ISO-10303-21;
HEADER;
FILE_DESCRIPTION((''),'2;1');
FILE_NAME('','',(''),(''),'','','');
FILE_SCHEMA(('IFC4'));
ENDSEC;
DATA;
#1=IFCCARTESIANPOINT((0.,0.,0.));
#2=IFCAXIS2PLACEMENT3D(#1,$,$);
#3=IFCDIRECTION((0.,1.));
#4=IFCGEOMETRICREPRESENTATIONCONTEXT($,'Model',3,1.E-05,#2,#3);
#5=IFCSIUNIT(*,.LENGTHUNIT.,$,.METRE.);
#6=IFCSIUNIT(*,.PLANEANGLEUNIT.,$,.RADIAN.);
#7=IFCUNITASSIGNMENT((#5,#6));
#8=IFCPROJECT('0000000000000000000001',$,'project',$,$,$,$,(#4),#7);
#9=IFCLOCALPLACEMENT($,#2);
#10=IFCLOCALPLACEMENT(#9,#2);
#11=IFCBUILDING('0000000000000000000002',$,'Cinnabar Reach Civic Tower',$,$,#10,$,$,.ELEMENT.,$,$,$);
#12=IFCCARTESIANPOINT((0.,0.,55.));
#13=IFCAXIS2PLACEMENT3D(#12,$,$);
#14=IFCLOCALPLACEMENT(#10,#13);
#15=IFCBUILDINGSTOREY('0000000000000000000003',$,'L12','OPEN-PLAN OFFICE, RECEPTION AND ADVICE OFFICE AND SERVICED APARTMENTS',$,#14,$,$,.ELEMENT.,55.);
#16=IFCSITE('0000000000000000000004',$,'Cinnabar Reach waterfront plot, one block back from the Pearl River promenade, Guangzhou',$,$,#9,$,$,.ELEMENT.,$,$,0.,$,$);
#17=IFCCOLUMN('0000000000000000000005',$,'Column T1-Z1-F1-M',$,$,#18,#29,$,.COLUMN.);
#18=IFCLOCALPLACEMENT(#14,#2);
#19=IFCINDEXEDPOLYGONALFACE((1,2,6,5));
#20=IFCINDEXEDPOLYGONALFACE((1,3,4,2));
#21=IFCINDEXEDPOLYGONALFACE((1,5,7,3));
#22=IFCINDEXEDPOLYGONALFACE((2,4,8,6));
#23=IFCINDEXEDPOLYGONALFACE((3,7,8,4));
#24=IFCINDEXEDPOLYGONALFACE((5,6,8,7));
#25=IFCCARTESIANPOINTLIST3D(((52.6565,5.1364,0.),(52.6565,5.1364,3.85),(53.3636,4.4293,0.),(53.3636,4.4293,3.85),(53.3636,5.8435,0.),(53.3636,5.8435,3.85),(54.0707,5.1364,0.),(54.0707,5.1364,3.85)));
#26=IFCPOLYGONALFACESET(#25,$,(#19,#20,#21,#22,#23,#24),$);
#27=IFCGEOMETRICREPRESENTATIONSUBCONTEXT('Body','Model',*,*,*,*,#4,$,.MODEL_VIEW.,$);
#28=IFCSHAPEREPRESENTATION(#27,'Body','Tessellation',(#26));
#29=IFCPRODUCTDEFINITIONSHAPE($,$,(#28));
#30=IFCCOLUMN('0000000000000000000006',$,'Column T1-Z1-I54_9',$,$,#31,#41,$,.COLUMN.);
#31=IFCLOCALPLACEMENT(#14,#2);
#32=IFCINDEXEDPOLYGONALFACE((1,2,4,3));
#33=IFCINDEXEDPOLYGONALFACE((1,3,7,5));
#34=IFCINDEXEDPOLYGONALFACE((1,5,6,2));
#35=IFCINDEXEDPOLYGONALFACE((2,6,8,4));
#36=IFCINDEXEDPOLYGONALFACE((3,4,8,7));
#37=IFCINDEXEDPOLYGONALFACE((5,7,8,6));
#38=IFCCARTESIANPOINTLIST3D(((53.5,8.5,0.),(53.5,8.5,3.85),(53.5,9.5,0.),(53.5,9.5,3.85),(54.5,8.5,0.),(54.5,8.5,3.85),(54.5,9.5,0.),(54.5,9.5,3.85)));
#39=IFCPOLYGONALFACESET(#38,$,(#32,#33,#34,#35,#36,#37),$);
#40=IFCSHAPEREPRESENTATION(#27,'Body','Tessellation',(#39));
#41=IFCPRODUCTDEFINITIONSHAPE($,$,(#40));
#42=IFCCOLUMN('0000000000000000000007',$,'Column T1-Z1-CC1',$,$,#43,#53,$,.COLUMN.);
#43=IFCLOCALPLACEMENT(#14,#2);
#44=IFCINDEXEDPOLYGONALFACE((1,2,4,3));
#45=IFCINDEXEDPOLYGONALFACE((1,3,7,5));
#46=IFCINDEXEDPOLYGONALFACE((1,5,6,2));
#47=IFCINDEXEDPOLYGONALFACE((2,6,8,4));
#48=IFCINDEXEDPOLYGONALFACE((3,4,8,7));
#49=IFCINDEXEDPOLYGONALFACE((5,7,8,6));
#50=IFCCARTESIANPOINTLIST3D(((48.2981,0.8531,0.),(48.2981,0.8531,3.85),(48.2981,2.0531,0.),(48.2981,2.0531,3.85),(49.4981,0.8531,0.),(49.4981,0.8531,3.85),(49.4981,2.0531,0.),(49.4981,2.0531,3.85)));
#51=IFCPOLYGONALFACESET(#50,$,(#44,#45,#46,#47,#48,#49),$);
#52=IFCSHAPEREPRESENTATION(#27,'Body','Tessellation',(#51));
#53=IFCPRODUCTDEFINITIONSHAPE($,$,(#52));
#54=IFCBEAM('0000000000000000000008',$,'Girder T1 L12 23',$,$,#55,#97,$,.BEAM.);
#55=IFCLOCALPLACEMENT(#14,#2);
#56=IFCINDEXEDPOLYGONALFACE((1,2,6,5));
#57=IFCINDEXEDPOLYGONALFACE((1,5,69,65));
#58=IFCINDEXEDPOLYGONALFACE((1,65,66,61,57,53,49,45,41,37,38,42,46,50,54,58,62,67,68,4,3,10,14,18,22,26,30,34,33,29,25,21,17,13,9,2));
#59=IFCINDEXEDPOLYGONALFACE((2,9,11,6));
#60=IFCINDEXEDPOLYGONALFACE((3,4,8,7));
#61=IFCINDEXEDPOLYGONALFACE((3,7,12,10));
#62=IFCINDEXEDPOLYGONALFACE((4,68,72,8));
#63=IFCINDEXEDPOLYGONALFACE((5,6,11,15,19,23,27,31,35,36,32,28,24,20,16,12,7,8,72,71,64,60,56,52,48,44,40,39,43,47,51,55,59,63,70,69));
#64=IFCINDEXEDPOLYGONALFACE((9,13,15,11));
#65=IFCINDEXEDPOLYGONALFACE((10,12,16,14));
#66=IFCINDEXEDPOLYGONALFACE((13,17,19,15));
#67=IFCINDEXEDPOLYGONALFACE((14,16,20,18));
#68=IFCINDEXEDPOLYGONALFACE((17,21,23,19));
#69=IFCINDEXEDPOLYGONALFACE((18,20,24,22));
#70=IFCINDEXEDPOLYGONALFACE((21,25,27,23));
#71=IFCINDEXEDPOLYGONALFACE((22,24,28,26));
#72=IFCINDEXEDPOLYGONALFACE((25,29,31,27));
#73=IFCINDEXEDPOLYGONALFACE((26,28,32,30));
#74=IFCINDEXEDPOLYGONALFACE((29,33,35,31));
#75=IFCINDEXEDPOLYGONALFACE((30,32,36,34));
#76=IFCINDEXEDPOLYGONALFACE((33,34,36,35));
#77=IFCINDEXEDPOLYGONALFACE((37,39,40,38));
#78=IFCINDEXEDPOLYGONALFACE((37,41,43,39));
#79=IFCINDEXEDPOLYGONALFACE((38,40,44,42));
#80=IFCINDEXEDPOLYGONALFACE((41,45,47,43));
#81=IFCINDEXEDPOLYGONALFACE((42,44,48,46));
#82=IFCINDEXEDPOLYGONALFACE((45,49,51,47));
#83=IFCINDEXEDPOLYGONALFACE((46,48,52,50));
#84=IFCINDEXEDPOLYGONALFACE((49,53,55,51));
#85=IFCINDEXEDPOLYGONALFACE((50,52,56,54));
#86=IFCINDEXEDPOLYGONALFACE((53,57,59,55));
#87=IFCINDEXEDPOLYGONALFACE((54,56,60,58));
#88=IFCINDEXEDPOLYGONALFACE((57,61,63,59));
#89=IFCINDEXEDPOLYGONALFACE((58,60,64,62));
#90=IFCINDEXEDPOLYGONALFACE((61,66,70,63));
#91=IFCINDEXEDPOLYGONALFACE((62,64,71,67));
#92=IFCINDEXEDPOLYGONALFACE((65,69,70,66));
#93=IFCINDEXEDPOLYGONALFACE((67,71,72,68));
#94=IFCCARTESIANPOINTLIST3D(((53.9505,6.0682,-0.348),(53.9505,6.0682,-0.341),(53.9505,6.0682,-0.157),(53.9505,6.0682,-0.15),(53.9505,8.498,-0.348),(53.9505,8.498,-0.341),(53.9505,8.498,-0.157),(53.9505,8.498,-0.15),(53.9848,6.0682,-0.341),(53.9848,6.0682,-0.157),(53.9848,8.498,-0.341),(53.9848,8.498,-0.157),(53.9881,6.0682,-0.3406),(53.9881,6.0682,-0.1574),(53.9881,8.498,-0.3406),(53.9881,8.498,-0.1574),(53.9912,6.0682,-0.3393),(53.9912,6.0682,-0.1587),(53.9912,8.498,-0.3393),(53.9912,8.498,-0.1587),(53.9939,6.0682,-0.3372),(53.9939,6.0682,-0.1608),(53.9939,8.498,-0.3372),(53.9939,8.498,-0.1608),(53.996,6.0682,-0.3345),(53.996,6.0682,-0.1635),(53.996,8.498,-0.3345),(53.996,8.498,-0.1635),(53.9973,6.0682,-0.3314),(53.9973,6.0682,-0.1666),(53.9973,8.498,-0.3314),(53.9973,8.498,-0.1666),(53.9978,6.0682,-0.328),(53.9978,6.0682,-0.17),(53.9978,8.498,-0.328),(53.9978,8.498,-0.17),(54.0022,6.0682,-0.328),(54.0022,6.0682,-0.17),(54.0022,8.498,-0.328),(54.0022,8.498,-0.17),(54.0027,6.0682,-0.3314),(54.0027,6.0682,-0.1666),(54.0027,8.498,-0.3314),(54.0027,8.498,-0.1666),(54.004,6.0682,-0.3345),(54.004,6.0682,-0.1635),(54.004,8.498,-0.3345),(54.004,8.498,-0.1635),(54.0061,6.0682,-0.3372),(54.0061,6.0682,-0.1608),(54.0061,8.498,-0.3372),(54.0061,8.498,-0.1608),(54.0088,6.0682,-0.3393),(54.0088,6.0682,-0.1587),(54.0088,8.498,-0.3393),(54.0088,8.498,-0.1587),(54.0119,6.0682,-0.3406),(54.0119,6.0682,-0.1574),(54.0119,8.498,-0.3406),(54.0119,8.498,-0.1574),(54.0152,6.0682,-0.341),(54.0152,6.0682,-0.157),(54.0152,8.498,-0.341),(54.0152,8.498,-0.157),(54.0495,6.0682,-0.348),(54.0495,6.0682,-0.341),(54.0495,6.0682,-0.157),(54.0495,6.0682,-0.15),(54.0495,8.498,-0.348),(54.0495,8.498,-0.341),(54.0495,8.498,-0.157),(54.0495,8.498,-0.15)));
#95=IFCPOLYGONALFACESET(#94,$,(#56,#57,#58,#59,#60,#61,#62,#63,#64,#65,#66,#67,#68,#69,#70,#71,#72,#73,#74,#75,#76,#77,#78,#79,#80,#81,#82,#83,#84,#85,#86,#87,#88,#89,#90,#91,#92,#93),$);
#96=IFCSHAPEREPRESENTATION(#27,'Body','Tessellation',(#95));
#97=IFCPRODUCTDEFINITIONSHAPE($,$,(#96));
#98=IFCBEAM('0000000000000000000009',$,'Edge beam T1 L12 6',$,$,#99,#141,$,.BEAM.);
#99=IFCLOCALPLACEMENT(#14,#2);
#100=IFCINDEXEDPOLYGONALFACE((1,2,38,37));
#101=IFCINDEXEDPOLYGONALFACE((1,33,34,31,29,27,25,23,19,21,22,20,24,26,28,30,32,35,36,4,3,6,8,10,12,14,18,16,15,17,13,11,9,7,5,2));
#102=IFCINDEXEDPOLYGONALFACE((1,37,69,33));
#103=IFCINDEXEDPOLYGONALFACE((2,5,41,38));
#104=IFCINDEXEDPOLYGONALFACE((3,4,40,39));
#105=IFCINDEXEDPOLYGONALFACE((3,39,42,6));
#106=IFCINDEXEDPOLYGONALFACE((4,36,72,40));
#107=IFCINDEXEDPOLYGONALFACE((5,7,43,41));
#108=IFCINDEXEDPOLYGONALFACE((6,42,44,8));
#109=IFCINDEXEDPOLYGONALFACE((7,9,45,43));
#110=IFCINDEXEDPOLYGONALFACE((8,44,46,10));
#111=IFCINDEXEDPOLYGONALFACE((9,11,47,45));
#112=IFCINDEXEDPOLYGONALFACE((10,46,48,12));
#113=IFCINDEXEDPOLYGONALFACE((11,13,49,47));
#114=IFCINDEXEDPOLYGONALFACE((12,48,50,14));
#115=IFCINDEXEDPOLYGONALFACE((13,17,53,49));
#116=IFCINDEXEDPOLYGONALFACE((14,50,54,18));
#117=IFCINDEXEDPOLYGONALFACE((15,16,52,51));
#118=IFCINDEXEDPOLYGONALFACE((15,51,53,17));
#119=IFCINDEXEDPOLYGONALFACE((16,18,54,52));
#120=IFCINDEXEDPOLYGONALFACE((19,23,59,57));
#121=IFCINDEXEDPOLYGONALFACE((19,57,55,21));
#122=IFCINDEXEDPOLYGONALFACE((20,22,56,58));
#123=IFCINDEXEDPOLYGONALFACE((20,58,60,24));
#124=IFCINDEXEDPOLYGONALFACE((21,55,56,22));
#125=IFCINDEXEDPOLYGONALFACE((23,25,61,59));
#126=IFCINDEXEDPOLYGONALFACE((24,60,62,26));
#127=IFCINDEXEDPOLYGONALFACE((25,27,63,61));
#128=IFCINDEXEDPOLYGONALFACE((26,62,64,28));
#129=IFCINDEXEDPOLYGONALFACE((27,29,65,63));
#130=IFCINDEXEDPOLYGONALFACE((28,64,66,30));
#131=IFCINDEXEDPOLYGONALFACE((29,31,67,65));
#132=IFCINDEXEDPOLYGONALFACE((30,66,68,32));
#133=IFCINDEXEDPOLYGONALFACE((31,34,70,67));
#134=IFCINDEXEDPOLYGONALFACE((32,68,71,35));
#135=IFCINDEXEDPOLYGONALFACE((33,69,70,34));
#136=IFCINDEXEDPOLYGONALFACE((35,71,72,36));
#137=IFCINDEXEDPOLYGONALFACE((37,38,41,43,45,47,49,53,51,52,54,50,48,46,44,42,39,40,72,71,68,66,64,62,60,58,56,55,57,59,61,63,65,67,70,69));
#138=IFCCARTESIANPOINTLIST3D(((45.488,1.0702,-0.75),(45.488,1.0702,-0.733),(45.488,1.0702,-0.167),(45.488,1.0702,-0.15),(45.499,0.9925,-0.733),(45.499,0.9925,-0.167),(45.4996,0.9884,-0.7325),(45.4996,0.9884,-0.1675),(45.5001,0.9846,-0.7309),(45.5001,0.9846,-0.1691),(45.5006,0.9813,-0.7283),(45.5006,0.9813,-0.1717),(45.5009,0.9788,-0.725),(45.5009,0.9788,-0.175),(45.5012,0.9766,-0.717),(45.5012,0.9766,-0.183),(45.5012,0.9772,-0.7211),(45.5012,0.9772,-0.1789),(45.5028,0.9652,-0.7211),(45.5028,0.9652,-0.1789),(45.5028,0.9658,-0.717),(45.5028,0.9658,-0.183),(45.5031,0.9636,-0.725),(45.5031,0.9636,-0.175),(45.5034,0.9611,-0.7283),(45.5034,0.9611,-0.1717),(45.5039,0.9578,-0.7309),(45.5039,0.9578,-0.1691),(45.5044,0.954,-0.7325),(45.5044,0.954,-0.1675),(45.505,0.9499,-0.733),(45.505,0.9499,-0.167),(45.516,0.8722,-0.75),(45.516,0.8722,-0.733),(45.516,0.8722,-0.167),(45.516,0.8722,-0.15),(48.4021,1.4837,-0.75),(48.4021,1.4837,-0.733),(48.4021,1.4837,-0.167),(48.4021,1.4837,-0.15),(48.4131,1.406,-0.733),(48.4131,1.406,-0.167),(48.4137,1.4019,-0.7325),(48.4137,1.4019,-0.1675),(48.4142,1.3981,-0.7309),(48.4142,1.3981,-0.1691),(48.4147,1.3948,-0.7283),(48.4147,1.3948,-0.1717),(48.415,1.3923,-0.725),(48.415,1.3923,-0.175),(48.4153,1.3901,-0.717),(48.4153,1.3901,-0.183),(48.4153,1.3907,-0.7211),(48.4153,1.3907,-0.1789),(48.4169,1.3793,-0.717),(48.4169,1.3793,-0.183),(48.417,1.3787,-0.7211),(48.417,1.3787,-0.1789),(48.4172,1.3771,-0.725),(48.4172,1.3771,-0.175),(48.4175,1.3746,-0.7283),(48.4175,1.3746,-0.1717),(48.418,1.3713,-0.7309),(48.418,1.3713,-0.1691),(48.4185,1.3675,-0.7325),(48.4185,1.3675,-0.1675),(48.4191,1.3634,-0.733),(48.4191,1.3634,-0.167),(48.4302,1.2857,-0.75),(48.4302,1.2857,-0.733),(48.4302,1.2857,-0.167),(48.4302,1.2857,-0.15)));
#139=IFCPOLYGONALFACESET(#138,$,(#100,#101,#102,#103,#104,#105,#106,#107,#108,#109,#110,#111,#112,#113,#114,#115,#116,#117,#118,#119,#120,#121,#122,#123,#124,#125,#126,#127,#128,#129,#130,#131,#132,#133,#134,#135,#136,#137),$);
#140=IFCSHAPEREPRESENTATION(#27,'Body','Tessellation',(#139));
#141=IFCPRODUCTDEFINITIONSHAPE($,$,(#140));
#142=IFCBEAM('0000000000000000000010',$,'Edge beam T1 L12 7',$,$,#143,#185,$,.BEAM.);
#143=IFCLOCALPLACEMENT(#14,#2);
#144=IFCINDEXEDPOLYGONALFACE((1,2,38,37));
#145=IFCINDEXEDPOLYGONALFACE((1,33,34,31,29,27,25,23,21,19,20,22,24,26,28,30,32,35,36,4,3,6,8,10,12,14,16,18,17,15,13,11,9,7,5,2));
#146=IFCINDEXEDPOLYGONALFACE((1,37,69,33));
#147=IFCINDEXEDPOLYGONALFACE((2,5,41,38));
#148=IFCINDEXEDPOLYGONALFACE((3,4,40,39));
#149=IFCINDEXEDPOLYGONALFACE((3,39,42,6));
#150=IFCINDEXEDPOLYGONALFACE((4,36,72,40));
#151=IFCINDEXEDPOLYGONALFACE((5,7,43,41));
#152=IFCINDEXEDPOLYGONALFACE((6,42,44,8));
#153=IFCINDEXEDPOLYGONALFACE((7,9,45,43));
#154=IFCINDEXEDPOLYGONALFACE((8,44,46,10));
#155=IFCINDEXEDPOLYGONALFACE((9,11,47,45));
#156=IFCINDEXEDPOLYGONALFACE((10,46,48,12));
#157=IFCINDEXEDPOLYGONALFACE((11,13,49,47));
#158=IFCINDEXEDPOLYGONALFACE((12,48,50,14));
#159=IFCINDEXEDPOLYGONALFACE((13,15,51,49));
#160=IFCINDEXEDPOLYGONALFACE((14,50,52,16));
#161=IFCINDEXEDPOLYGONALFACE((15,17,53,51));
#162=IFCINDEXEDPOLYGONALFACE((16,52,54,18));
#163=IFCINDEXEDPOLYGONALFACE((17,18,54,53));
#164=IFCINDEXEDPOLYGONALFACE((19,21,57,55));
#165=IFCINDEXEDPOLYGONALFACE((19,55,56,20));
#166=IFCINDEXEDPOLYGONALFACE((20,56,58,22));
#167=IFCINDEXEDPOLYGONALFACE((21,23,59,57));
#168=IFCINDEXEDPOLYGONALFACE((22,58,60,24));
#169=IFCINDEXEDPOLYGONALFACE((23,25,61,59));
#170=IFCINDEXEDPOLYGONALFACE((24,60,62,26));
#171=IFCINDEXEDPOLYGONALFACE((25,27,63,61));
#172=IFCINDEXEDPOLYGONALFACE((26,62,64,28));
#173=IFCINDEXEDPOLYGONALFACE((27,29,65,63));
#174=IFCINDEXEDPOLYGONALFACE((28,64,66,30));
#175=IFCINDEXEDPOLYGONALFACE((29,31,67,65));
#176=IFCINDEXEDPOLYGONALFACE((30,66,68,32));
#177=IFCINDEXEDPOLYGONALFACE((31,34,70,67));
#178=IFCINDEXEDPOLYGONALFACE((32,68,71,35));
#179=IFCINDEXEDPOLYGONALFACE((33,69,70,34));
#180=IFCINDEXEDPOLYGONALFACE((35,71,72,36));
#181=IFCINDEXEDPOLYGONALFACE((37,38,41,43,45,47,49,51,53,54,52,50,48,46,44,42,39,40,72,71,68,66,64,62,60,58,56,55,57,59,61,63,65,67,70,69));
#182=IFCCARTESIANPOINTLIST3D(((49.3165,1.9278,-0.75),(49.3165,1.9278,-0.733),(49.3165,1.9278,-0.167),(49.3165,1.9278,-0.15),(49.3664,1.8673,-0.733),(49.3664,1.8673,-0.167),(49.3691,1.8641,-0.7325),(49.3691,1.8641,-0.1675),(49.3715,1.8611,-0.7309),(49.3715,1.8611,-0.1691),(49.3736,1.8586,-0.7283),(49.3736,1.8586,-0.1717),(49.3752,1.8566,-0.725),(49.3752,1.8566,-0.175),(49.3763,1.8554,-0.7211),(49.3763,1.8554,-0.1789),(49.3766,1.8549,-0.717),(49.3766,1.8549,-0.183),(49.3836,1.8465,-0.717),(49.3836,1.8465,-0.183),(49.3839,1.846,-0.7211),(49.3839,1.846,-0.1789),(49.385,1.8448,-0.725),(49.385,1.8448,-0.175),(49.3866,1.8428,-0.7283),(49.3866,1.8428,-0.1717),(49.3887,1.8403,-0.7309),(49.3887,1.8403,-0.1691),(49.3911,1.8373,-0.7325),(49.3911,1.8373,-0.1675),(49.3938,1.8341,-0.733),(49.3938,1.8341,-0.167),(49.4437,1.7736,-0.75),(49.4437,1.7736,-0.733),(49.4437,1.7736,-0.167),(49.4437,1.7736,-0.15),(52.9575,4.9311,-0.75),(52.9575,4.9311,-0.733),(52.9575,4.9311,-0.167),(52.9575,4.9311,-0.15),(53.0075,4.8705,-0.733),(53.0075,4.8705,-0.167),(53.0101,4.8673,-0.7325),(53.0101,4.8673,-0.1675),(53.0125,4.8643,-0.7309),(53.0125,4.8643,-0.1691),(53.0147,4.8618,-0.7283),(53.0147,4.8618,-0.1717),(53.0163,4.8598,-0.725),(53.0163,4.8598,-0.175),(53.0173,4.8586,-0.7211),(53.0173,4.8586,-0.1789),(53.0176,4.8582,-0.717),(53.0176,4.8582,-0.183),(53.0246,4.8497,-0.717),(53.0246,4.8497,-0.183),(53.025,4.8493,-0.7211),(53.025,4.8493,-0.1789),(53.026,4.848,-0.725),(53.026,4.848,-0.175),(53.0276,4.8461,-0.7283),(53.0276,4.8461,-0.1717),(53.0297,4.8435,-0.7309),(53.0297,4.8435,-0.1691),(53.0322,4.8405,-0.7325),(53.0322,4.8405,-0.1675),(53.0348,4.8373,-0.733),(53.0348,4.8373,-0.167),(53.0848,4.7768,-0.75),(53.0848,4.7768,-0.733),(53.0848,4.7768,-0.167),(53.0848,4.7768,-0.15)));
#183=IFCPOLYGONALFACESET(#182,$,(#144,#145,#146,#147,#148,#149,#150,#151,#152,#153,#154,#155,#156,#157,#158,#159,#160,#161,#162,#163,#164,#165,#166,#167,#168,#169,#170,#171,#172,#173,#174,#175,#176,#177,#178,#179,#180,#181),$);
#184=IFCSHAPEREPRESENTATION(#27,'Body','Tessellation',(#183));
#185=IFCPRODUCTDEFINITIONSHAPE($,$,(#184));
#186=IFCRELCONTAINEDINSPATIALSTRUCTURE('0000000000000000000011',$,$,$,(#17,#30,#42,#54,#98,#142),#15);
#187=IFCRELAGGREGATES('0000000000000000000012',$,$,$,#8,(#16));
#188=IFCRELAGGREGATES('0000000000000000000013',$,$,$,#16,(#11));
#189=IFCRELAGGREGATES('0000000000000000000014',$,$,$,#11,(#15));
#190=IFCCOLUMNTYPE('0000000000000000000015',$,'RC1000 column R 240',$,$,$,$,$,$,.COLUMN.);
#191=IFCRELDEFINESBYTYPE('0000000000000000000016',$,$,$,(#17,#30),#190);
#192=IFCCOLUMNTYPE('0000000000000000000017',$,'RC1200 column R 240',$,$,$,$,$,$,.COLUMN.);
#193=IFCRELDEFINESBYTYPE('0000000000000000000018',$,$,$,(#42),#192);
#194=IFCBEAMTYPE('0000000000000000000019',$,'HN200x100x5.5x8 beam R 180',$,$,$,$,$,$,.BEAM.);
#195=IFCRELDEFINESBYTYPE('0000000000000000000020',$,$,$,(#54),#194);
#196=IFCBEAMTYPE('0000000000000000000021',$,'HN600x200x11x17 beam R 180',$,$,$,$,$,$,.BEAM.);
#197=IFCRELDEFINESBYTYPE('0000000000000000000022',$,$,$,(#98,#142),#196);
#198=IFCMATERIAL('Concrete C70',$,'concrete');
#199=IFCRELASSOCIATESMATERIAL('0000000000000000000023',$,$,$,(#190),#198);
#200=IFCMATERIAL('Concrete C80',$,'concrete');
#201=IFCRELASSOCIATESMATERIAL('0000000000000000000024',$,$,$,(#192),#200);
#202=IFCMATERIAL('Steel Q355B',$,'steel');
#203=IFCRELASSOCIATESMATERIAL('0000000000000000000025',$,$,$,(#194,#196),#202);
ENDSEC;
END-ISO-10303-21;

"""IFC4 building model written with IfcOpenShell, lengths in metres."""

from ifc_helpers import new_model, si_unit, direction, frame, origin, origin_2d, place, context, subcontext, project, spatial, rectangle, i_section, extrude, material, material_profile, profile_set, type_object, element, save


model = new_model("IFC4")

# Units and contexts
model_context = context("Model", 3, precision=1e-05, world=origin(), true_north=direction((0.0, 1.0)))
body_context = subcontext(model_context, "Body", "Model", "MODEL_VIEW")
ifc_project = project(units=[si_unit("LENGTHUNIT", "METRE"), si_unit("PLANEANGLEUNIT", "RADIAN")], contexts=[model_context])

# Site, building, storey
site_placement = place(None, origin())
site = spatial("IfcSite", under=ifc_project, at=site_placement, Name="Cinnabar Reach waterfront plot, one block back from the Pearl River promenade, Guangzhou", CompositionType="ELEMENT", RefElevation=0.0)
building_placement = place(site_placement, origin())
building = spatial("IfcBuilding", under=site, at=building_placement, Name="Cinnabar Reach Civic Tower", CompositionType="ELEMENT")
storey_placement = place(building_placement, frame((0.0, 0.0, 55.0)))
storey = spatial("IfcBuildingStorey", under=building, at=storey_placement, Name="L12", Description="OPEN-PLAN OFFICE, RECEPTION AND ADVICE OFFICE AND SERVICED APARTMENTS", CompositionType="ELEMENT", Elevation=55.0)

# Columns
ifc_material_1 = material(Name="Concrete C70", Category="concrete")
ifc_material_profile_1 = material_profile(ifc_material_1, rectangle(XDim=1.0, YDim=1.0, at=origin_2d()), Name="RC1000")
ifc_profile_set_1 = profile_set([ifc_material_profile_1], Name="Concrete C70")
column_type_1 = type_object("IfcColumnType", Name="RC1000 column R 240", PredefinedType="COLUMN", material=ifc_profile_set_1)
for number, where, z_axis, x_axis, name in (
    (1, (53.3636, 5.1364, 0.0), (0.0, 0.0, 1.0), (0.707107, 0.707107, 0.0), "Column T1-Z1-F1-M"),
    (2, (54.0, 9.0, 0.0), (0.0, 0.0, 1.0), (1.0, 0.0, 0.0), "Column T1-Z1-I54_9"),
):
    element("IfcColumn", number, at=place(storey_placement, frame(where, z_axis=z_axis, x_axis=x_axis)), inside=storey, type_object=column_type_1, Name=name, PredefinedType="COLUMN", context=body_context, shape_type="SweptSolid", body=[
        extrude(rectangle(XDim=1.0, YDim=1.0, at=origin_2d()), origin(), (0.0, 0.0, 1.0), 3.85),
    ])
ifc_material_2 = material(Name="Concrete C80", Category="concrete")
ifc_material_profile_2 = material_profile(ifc_material_2, rectangle(XDim=1.2, YDim=1.2, at=origin_2d()), Name="RC1200")
ifc_profile_set_2 = profile_set([ifc_material_profile_2], Name="Concrete C80")
column_type_2 = type_object("IfcColumnType", Name="RC1200 column R 240", PredefinedType="COLUMN", material=ifc_profile_set_2)
column_placement = place(storey_placement, frame((48.8981, 1.4531, 0.0), z_axis=(0.0, 0.0, 1.0), x_axis=(1.0, 0.0, 0.0)))
element("IfcColumn", 3, at=column_placement, inside=storey, type_object=column_type_2, Name="Column T1-Z1-CC1", PredefinedType="COLUMN", context=body_context, shape_type="SweptSolid", body=[
    extrude(rectangle(XDim=1.2, YDim=1.2, at=origin_2d()), origin(), (0.0, 0.0, 1.0), 3.85),
])

# Beams
ifc_material_3 = material(Name="Steel Q355B", Category="steel")
ifc_material_profile_3 = material_profile(ifc_material_3, i_section(OverallWidth=0.099, OverallDepth=0.198, WebThickness=0.0045, FlangeThickness=0.007, FilletRadius=0.013, at=origin_2d()), Name="HN200x100x5.5x8")
ifc_profile_set_3 = profile_set([ifc_material_profile_3], Name="Steel Q355B")
beam_type_1 = type_object("IfcBeamType", Name="HN200x100x5.5x8 beam R 180", PredefinedType="BEAM", material=ifc_profile_set_3)
beam_1_placement = place(storey_placement, frame((54.0, 6.0682, -0.249), z_axis=(0.0, 1.0, 0.0), x_axis=(-1.0, 0.0, 0.0)))
element("IfcBeam", 4, at=beam_1_placement, inside=storey, type_object=beam_type_1, Name="Girder T1 L12 23", PredefinedType="BEAM", context=body_context, shape_type="SweptSolid", body=[
    extrude(i_section(OverallWidth=0.099, OverallDepth=0.198, WebThickness=0.0045, FlangeThickness=0.007, FilletRadius=0.013, at=origin_2d()), origin(), (0.0, 0.0, 1.0), 2.4298),
])
ifc_material_profile_4 = material_profile(ifc_material_3, i_section(OverallWidth=0.2, OverallDepth=0.6, WebThickness=0.011, FlangeThickness=0.017, FilletRadius=0.016, at=origin_2d()), Name="HN600x200x11x17")
ifc_profile_set_4 = profile_set([ifc_material_profile_4], Name="Steel Q355B")
beam_type_2 = type_object("IfcBeamType", Name="HN600x200x11x17 beam R 180", PredefinedType="BEAM", material=ifc_profile_set_4)
beam_2_placement = place(storey_placement, frame((45.502, 0.9712, -0.45), z_axis=(0.990082, 0.140489, 0.0), x_axis=(-0.140489, 0.990082, 0.0)))
element("IfcBeam", 5, at=beam_2_placement, inside=storey, type_object=beam_type_2, Name="Edge beam T1 L12 6", PredefinedType="BEAM", context=body_context, shape_type="SweptSolid", body=[
    extrude(i_section(OverallWidth=0.2, OverallDepth=0.6, WebThickness=0.011, FlangeThickness=0.017, FilletRadius=0.016, at=origin_2d()), origin(), (0.0, 0.0, 1.0), 2.9433),
])
for number, where, z_axis, x_axis, name in (
    (6, (49.3801, 1.8507, -0.45), (0.771438, 0.636304, 0.0), (-0.636304, 0.771438, 0.0), "Edge beam T1 L12 7"),
):
    element("IfcBeam", number, at=place(storey_placement, frame(where, z_axis=z_axis, x_axis=x_axis)), inside=storey, type_object=beam_type_2, Name=name, PredefinedType="BEAM", context=body_context, shape_type="SweptSolid", body=[
        extrude(i_section(OverallWidth=0.2, OverallDepth=0.6, WebThickness=0.011, FlangeThickness=0.017, FilletRadius=0.016, at=origin_2d()), origin(), (0.0, 0.0, 1.0), 4.7198),
    ])

save(model, "model.ifc")
